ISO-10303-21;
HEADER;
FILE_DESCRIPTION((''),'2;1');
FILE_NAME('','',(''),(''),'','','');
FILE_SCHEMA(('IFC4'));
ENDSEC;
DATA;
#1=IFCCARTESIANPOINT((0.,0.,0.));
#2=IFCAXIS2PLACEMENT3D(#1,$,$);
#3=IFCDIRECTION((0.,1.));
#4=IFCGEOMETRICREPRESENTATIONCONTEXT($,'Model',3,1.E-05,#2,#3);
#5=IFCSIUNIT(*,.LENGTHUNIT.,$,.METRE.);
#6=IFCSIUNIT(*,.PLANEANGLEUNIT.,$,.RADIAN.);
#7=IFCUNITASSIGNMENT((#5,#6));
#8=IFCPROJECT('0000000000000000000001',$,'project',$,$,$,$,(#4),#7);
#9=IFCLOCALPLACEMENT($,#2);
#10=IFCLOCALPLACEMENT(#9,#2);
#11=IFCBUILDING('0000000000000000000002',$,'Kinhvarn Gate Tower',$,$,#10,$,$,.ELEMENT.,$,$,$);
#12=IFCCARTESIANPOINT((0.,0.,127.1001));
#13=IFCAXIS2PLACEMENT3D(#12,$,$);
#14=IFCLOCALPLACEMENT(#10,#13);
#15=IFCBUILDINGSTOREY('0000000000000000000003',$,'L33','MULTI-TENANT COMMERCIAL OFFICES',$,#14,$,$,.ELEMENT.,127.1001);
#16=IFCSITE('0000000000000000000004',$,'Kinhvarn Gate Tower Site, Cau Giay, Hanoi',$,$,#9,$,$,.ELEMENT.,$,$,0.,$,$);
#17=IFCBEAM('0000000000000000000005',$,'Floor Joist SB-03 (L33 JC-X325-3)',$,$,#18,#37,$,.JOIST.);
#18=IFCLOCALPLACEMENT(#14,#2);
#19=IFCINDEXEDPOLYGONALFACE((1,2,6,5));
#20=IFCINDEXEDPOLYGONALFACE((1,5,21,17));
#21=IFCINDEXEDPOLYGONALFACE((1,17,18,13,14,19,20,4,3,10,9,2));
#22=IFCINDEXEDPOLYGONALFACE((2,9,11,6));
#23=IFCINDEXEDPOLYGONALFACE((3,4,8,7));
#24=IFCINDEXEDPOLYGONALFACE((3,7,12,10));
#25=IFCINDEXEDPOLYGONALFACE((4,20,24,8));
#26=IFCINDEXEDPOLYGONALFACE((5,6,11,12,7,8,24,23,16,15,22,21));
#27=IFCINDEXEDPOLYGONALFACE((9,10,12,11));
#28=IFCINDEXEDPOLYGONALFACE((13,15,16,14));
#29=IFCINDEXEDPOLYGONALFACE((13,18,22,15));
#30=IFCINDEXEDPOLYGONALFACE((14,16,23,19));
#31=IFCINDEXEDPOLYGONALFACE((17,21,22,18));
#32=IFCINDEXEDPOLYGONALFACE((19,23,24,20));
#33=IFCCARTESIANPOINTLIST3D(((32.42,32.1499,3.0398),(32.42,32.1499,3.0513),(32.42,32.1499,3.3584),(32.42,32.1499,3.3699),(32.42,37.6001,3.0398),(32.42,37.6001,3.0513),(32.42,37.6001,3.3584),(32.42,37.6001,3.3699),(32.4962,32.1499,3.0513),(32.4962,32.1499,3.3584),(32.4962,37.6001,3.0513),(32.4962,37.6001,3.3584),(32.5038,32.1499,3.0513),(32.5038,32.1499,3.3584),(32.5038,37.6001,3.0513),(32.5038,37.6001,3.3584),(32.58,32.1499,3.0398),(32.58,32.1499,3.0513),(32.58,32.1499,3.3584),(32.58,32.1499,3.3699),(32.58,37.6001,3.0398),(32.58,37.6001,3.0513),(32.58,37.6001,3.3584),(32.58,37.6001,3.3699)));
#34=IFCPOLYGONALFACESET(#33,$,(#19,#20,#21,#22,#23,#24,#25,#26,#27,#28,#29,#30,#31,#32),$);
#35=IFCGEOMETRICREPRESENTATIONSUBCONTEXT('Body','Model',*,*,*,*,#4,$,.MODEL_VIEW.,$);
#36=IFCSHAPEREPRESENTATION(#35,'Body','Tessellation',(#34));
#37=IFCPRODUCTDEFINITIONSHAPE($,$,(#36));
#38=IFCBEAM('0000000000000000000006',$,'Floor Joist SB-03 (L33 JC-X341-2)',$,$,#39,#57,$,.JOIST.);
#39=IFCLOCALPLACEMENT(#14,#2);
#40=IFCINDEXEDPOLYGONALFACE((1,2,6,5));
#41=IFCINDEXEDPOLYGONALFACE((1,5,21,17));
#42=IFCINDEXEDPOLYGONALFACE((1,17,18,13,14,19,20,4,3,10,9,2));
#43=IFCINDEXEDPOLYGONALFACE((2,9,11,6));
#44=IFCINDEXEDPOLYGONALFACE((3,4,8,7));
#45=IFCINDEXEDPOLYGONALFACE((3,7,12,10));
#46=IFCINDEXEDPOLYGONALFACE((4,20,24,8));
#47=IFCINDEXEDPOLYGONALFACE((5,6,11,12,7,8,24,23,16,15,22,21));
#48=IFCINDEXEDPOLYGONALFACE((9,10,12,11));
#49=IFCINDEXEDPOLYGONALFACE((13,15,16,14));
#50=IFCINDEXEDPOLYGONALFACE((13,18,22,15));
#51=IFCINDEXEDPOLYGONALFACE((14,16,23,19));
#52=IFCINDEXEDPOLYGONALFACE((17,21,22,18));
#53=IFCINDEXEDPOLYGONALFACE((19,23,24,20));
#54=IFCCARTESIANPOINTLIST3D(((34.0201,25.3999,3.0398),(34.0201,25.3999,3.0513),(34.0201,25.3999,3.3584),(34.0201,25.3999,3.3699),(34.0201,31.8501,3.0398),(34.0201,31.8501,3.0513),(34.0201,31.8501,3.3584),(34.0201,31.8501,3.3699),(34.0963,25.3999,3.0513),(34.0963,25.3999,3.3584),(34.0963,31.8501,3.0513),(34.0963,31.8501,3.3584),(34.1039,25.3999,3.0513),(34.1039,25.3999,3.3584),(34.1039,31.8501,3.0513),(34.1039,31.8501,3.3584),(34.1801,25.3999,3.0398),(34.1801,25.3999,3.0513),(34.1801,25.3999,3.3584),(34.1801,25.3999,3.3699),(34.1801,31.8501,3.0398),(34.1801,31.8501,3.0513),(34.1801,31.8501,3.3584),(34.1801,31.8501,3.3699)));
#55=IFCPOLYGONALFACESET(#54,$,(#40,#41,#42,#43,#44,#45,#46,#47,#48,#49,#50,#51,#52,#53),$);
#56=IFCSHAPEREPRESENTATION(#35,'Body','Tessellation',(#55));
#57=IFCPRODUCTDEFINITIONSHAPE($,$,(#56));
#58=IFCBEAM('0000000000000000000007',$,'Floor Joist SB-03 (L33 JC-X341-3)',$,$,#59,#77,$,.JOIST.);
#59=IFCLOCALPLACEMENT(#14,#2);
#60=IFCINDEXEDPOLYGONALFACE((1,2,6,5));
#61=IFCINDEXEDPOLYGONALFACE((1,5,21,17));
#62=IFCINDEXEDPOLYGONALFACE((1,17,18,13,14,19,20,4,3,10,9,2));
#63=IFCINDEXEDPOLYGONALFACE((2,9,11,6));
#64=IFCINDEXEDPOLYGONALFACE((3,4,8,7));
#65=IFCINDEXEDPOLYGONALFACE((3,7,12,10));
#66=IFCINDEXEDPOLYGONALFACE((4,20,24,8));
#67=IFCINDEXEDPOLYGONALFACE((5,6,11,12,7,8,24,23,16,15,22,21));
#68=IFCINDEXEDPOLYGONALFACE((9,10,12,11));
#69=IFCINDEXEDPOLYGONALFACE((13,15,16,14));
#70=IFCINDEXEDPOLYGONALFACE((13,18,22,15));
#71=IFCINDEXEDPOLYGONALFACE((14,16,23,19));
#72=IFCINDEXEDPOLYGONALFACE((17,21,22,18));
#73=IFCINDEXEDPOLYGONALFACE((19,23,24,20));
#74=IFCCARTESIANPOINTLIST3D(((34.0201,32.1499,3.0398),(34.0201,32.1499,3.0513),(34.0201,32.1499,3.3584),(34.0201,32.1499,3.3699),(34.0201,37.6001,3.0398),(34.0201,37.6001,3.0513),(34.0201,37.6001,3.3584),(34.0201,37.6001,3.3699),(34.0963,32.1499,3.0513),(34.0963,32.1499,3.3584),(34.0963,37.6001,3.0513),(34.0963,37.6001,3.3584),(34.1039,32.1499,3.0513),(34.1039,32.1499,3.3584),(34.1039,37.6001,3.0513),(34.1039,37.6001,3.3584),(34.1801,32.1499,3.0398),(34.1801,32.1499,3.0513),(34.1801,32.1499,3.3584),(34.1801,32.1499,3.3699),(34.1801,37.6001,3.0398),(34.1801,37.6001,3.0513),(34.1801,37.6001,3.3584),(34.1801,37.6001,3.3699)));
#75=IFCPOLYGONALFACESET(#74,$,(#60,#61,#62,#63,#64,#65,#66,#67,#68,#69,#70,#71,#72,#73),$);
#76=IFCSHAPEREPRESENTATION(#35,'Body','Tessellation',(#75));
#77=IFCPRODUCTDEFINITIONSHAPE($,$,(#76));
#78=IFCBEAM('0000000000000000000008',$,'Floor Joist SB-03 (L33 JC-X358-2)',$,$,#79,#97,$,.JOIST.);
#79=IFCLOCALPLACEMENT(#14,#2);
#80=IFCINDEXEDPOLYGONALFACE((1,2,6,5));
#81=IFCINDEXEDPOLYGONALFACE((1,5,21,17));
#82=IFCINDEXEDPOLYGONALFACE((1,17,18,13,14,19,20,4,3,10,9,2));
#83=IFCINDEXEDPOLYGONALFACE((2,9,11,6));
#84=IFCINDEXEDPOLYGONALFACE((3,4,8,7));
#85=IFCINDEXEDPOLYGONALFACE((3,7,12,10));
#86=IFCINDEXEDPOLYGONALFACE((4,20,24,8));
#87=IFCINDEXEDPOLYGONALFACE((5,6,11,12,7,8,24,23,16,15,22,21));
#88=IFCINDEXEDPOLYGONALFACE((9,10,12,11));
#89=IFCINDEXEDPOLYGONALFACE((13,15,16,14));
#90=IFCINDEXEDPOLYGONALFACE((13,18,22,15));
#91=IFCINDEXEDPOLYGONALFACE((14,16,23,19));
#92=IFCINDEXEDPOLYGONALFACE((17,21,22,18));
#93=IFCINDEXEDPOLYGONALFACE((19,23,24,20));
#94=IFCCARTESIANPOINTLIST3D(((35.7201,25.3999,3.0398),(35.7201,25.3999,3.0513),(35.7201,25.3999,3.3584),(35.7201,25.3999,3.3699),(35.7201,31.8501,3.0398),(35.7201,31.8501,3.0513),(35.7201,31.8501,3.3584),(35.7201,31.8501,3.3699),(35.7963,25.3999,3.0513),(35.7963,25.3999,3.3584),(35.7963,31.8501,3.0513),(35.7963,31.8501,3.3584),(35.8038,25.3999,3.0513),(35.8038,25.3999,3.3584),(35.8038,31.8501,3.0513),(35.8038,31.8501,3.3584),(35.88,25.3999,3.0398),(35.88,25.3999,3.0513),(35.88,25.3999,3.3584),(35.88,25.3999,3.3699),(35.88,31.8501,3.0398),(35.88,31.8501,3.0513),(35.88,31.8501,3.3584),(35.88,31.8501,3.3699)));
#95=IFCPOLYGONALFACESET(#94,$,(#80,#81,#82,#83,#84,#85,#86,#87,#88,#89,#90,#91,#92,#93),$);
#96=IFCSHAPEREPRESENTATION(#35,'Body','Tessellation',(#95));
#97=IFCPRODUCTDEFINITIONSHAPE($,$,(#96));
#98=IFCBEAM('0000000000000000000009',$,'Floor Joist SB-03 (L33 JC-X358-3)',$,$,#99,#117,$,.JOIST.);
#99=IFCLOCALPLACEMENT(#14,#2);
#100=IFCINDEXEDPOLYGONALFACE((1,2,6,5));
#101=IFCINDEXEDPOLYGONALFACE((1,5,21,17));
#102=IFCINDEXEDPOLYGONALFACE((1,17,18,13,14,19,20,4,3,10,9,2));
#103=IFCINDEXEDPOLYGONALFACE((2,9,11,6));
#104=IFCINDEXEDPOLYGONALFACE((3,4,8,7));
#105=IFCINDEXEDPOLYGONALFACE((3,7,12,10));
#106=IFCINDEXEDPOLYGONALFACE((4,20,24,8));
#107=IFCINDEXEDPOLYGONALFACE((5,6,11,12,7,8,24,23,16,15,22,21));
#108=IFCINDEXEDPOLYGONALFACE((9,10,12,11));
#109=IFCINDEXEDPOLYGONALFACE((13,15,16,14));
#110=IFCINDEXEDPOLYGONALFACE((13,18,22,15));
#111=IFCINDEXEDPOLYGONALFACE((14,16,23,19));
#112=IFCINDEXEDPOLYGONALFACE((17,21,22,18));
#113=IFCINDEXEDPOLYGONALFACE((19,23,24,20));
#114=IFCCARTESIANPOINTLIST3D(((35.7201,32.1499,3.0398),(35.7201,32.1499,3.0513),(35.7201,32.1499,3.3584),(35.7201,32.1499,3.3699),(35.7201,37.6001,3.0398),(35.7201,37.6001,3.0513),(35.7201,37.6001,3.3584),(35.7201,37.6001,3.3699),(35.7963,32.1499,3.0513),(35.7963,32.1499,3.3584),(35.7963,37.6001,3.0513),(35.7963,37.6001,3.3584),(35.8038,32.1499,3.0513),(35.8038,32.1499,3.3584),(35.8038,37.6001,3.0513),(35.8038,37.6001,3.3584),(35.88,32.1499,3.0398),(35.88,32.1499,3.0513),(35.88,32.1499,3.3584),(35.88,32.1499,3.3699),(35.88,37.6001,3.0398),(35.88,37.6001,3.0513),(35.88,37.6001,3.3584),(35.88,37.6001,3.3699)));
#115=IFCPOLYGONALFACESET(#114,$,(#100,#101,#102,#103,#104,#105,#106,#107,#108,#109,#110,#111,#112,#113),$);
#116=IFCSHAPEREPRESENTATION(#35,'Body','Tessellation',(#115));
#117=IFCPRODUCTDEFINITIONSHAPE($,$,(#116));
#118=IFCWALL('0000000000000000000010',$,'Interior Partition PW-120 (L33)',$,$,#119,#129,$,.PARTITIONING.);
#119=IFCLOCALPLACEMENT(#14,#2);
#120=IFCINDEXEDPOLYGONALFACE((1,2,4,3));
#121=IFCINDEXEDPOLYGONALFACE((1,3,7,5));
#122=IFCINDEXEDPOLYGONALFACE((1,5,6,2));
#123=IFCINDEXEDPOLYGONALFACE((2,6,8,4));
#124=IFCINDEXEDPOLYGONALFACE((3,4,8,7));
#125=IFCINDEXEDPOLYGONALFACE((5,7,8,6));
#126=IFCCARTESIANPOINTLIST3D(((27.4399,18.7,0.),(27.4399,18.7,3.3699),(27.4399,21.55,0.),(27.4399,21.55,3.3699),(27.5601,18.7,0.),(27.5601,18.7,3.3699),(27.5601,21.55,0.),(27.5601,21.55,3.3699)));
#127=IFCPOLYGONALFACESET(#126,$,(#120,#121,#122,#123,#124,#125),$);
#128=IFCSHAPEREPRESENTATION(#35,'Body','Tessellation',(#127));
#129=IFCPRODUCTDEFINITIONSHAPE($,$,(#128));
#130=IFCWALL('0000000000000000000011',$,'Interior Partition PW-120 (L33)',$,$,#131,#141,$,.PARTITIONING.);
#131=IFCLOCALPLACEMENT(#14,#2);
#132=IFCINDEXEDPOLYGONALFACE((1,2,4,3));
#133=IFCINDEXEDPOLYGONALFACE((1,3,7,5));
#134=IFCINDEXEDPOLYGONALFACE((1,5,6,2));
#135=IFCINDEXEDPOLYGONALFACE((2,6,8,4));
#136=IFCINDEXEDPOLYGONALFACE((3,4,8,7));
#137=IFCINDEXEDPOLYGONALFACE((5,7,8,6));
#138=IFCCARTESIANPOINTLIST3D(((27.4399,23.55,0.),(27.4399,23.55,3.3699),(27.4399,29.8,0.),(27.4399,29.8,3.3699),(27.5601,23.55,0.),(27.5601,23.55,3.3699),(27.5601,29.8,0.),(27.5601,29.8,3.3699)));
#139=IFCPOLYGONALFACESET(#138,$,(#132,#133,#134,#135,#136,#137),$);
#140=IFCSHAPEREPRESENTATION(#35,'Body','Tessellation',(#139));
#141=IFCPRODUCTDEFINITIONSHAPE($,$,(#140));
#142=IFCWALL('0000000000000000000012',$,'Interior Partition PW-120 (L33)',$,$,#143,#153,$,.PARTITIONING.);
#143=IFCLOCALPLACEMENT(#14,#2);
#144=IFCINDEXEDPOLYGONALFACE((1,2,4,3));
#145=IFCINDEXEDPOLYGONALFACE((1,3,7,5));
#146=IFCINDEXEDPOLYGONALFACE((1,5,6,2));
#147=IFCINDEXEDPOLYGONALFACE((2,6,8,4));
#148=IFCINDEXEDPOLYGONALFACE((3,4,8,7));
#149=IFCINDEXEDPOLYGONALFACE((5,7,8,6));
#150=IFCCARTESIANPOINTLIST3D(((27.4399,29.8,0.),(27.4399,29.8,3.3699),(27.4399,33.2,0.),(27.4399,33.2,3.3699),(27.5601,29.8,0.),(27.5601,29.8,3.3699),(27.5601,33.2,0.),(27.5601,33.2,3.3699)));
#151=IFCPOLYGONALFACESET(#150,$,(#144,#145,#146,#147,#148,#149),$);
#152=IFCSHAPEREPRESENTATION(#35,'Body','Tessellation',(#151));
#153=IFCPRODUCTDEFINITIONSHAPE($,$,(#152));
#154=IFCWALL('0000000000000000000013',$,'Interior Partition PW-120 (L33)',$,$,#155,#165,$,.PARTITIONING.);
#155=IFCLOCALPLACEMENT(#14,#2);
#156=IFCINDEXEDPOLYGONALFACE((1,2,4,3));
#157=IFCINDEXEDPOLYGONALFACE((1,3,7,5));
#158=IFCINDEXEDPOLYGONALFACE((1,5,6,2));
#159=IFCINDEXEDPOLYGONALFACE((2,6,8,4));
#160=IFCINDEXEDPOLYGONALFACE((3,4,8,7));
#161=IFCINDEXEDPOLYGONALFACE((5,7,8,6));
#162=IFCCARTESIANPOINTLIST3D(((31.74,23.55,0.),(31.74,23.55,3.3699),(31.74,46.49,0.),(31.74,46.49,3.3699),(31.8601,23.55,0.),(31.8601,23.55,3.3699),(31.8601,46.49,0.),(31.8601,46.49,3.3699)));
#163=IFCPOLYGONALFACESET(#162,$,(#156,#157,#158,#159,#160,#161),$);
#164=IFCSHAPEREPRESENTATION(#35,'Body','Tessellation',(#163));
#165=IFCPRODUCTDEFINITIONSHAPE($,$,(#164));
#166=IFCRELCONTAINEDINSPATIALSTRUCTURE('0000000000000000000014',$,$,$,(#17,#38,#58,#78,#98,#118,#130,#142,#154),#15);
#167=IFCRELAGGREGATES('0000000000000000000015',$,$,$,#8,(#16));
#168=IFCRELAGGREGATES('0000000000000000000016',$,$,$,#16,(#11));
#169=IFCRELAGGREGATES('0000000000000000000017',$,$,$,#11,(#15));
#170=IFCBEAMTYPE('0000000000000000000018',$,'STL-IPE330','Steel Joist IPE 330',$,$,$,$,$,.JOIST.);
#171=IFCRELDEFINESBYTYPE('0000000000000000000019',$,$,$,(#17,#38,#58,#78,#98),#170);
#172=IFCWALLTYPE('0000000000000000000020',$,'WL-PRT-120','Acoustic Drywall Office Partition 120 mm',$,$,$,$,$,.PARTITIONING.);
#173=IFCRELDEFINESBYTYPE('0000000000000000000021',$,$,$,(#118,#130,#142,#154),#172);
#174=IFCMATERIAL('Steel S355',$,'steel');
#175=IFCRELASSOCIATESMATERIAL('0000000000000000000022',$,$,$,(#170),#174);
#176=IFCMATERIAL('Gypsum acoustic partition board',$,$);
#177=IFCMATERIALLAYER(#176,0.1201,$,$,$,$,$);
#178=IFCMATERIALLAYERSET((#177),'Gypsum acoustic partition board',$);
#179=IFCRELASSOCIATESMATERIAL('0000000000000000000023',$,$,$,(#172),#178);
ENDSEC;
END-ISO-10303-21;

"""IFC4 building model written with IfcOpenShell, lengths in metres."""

from ifc_helpers import new_model, si_unit, direction, frame, frame_2d, origin, origin_2d, place, context, subcontext, project, spatial, rectangle, i_section, extrude, material, layer, layer_set, material_profile, profile_set, type_object, element, save


model = new_model("IFC4")

# Units and contexts
model_context = context("Model", 3, precision=1e-05, world=origin(), true_north=direction((0.0, 1.0)))
body_context = subcontext(model_context, "Body", "Model", "MODEL_VIEW")
ifc_project = project(units=[si_unit("LENGTHUNIT", "METRE"), si_unit("PLANEANGLEUNIT", "RADIAN")], contexts=[model_context])

# Site, building, storey
site_placement = place(None, origin())
site = spatial("IfcSite", under=ifc_project, at=site_placement, Name="Kinhvarn Gate Tower Site, Cau Giay, Hanoi", CompositionType="ELEMENT", RefElevation=0.0)
building_placement = place(site_placement, origin())
building = spatial("IfcBuilding", under=site, at=building_placement, Name="Kinhvarn Gate Tower", CompositionType="ELEMENT")
storey_placement = place(building_placement, frame((0.0, 0.0, 127.1001)))
storey = spatial("IfcBuildingStorey", under=building, at=storey_placement, Name="L33", Description="MULTI-TENANT COMMERCIAL OFFICES", CompositionType="ELEMENT", Elevation=127.1001)

# Beams
ifc_material_1 = material(Name="Steel S355", Category="steel")
ifc_material_profile = material_profile(ifc_material_1, i_section(OverallWidth=0.1599, OverallDepth=0.3301, WebThickness=0.0076, FlangeThickness=0.0115, at=origin_2d()), Name="IPE 330")
ifc_profile_set = profile_set([ifc_material_profile], Name="Steel S355")
beam_type = type_object("IfcBeamType", Name="STL-IPE330", Description="Steel Joist IPE 330", PredefinedType="JOIST", material=ifc_profile_set)
beam_1_placement = place(storey_placement, frame((32.5, 32.1499, 3.2048), z_axis=(0.0, 1.0, 0.0), x_axis=(-1.0, 0.0, 0.0)))
element("IfcBeam", 1, at=beam_1_placement, inside=storey, type_object=beam_type, Name="Floor Joist SB-03 (L33 JC-X325-3)", PredefinedType="JOIST", context=body_context, shape_type="SweptSolid", body=[
    extrude(i_section(OverallWidth=0.1599, OverallDepth=0.3301, WebThickness=0.0076, FlangeThickness=0.0115, at=origin_2d()), origin(), (0.0, 0.0, 1.0), 5.4502),
])
beam_2_placement = place(storey_placement, frame((34.1001, 25.3999, 3.2048), z_axis=(0.0, 1.0, 0.0), x_axis=(-1.0, 0.0, 0.0)))
element("IfcBeam", 2, at=beam_2_placement, inside=storey, type_object=beam_type, Name="Floor Joist SB-03 (L33 JC-X341-2)", PredefinedType="JOIST", context=body_context, shape_type="SweptSolid", body=[
    extrude(i_section(OverallWidth=0.1599, OverallDepth=0.3301, WebThickness=0.0076, FlangeThickness=0.0115, at=origin_2d()), origin(), (0.0, 0.0, 1.0), 6.4502),
])
beam_3_placement = place(storey_placement, frame((34.1001, 32.1499, 3.2048), z_axis=(0.0, 1.0, 0.0), x_axis=(-1.0, 0.0, 0.0)))
element("IfcBeam", 3, at=beam_3_placement, inside=storey, type_object=beam_type, Name="Floor Joist SB-03 (L33 JC-X341-3)", PredefinedType="JOIST", context=body_context, shape_type="SweptSolid", body=[
    extrude(i_section(OverallWidth=0.1599, OverallDepth=0.3301, WebThickness=0.0076, FlangeThickness=0.0115, at=origin_2d()), origin(), (0.0, 0.0, 1.0), 5.4502),
])
beam_4_placement = place(storey_placement, frame((35.8, 25.3999, 3.2048), z_axis=(0.0, 1.0, 0.0), x_axis=(-1.0, 0.0, 0.0)))
element("IfcBeam", 4, at=beam_4_placement, inside=storey, type_object=beam_type, Name="Floor Joist SB-03 (L33 JC-X358-2)", PredefinedType="JOIST", context=body_context, shape_type="SweptSolid", body=[
    extrude(i_section(OverallWidth=0.1599, OverallDepth=0.3301, WebThickness=0.0076, FlangeThickness=0.0115, at=origin_2d()), origin(), (0.0, 0.0, 1.0), 6.4502),
])
beam_5_placement = place(storey_placement, frame((35.8, 32.1499, 3.2048), z_axis=(0.0, 1.0, 0.0), x_axis=(-1.0, 0.0, 0.0)))
element("IfcBeam", 5, at=beam_5_placement, inside=storey, type_object=beam_type, Name="Floor Joist SB-03 (L33 JC-X358-3)", PredefinedType="JOIST", context=body_context, shape_type="SweptSolid", body=[
    extrude(i_section(OverallWidth=0.1599, OverallDepth=0.3301, WebThickness=0.0076, FlangeThickness=0.0115, at=origin_2d()), origin(), (0.0, 0.0, 1.0), 5.4502),
])

# Walls
ifc_material_2 = material(Name="Gypsum acoustic partition board")
ifc_layer_1 = layer(ifc_material_2, 0.1201)
ifc_layer_set_1 = layer_set([ifc_layer_1], Name="Gypsum acoustic partition board")
wall_type_1 = type_object("IfcWallType", Name="WL-PRT-120", Description="Acoustic Drywall Office Partition 120 mm", PredefinedType="PARTITIONING", material=ifc_layer_set_1)
wall_1_placement = place(storey_placement, frame((27.5, 18.7, 0.0), z_axis=(0.0, 0.0, 1.0), x_axis=(0.0, 1.0, 0.0)))
element("IfcWall", 6, at=wall_1_placement, inside=storey, type_object=wall_type_1, Name="Interior Partition PW-120 (L33)", PredefinedType="PARTITIONING", context=body_context, shape_type="SweptSolid", body=[
    extrude(rectangle(XDim=2.8501, YDim=0.1201, at=frame_2d((1.425, 0.0))), origin(), (0.0, 0.0, 1.0), 3.3699),
])
wall_2_placement = place(storey_placement, frame((27.5, 23.55, 0.0), z_axis=(0.0, 0.0, 1.0), x_axis=(0.0, 1.0, 0.0)))
element("IfcWall", 7, at=wall_2_placement, inside=storey, type_object=wall_type_1, Name="Interior Partition PW-120 (L33)", PredefinedType="PARTITIONING", context=body_context, shape_type="SweptSolid", body=[
    extrude(rectangle(XDim=6.25, YDim=0.1201, at=frame_2d((3.125, 0.0))), origin(), (0.0, 0.0, 1.0), 3.3699),
])
wall_3_placement = place(storey_placement, frame((27.5, 29.8, 0.0), z_axis=(0.0, 0.0, 1.0), x_axis=(0.0, 1.0, 0.0)))
element("IfcWall", 8, at=wall_3_placement, inside=storey, type_object=wall_type_1, Name="Interior Partition PW-120 (L33)", PredefinedType="PARTITIONING", context=body_context, shape_type="SweptSolid", body=[
    extrude(rectangle(XDim=3.3999, YDim=0.1201, at=frame_2d((1.7, 0.0))), origin(), (0.0, 0.0, 1.0), 3.3699),
])
wall_4_placement = place(storey_placement, frame((31.8, 23.55, 0.0), z_axis=(0.0, 0.0, 1.0), x_axis=(0.0, 1.0, 0.0)))
element("IfcWall", 9, at=wall_4_placement, inside=storey, type_object=wall_type_1, Name="Interior Partition PW-120 (L33)", PredefinedType="PARTITIONING", context=body_context, shape_type="SweptSolid", body=[
    extrude(rectangle(XDim=22.9399, YDim=0.1201, at=frame_2d((11.47, 0.0))), origin(), (0.0, 0.0, 1.0), 3.3699),
])

save(model, "model.ifc")
